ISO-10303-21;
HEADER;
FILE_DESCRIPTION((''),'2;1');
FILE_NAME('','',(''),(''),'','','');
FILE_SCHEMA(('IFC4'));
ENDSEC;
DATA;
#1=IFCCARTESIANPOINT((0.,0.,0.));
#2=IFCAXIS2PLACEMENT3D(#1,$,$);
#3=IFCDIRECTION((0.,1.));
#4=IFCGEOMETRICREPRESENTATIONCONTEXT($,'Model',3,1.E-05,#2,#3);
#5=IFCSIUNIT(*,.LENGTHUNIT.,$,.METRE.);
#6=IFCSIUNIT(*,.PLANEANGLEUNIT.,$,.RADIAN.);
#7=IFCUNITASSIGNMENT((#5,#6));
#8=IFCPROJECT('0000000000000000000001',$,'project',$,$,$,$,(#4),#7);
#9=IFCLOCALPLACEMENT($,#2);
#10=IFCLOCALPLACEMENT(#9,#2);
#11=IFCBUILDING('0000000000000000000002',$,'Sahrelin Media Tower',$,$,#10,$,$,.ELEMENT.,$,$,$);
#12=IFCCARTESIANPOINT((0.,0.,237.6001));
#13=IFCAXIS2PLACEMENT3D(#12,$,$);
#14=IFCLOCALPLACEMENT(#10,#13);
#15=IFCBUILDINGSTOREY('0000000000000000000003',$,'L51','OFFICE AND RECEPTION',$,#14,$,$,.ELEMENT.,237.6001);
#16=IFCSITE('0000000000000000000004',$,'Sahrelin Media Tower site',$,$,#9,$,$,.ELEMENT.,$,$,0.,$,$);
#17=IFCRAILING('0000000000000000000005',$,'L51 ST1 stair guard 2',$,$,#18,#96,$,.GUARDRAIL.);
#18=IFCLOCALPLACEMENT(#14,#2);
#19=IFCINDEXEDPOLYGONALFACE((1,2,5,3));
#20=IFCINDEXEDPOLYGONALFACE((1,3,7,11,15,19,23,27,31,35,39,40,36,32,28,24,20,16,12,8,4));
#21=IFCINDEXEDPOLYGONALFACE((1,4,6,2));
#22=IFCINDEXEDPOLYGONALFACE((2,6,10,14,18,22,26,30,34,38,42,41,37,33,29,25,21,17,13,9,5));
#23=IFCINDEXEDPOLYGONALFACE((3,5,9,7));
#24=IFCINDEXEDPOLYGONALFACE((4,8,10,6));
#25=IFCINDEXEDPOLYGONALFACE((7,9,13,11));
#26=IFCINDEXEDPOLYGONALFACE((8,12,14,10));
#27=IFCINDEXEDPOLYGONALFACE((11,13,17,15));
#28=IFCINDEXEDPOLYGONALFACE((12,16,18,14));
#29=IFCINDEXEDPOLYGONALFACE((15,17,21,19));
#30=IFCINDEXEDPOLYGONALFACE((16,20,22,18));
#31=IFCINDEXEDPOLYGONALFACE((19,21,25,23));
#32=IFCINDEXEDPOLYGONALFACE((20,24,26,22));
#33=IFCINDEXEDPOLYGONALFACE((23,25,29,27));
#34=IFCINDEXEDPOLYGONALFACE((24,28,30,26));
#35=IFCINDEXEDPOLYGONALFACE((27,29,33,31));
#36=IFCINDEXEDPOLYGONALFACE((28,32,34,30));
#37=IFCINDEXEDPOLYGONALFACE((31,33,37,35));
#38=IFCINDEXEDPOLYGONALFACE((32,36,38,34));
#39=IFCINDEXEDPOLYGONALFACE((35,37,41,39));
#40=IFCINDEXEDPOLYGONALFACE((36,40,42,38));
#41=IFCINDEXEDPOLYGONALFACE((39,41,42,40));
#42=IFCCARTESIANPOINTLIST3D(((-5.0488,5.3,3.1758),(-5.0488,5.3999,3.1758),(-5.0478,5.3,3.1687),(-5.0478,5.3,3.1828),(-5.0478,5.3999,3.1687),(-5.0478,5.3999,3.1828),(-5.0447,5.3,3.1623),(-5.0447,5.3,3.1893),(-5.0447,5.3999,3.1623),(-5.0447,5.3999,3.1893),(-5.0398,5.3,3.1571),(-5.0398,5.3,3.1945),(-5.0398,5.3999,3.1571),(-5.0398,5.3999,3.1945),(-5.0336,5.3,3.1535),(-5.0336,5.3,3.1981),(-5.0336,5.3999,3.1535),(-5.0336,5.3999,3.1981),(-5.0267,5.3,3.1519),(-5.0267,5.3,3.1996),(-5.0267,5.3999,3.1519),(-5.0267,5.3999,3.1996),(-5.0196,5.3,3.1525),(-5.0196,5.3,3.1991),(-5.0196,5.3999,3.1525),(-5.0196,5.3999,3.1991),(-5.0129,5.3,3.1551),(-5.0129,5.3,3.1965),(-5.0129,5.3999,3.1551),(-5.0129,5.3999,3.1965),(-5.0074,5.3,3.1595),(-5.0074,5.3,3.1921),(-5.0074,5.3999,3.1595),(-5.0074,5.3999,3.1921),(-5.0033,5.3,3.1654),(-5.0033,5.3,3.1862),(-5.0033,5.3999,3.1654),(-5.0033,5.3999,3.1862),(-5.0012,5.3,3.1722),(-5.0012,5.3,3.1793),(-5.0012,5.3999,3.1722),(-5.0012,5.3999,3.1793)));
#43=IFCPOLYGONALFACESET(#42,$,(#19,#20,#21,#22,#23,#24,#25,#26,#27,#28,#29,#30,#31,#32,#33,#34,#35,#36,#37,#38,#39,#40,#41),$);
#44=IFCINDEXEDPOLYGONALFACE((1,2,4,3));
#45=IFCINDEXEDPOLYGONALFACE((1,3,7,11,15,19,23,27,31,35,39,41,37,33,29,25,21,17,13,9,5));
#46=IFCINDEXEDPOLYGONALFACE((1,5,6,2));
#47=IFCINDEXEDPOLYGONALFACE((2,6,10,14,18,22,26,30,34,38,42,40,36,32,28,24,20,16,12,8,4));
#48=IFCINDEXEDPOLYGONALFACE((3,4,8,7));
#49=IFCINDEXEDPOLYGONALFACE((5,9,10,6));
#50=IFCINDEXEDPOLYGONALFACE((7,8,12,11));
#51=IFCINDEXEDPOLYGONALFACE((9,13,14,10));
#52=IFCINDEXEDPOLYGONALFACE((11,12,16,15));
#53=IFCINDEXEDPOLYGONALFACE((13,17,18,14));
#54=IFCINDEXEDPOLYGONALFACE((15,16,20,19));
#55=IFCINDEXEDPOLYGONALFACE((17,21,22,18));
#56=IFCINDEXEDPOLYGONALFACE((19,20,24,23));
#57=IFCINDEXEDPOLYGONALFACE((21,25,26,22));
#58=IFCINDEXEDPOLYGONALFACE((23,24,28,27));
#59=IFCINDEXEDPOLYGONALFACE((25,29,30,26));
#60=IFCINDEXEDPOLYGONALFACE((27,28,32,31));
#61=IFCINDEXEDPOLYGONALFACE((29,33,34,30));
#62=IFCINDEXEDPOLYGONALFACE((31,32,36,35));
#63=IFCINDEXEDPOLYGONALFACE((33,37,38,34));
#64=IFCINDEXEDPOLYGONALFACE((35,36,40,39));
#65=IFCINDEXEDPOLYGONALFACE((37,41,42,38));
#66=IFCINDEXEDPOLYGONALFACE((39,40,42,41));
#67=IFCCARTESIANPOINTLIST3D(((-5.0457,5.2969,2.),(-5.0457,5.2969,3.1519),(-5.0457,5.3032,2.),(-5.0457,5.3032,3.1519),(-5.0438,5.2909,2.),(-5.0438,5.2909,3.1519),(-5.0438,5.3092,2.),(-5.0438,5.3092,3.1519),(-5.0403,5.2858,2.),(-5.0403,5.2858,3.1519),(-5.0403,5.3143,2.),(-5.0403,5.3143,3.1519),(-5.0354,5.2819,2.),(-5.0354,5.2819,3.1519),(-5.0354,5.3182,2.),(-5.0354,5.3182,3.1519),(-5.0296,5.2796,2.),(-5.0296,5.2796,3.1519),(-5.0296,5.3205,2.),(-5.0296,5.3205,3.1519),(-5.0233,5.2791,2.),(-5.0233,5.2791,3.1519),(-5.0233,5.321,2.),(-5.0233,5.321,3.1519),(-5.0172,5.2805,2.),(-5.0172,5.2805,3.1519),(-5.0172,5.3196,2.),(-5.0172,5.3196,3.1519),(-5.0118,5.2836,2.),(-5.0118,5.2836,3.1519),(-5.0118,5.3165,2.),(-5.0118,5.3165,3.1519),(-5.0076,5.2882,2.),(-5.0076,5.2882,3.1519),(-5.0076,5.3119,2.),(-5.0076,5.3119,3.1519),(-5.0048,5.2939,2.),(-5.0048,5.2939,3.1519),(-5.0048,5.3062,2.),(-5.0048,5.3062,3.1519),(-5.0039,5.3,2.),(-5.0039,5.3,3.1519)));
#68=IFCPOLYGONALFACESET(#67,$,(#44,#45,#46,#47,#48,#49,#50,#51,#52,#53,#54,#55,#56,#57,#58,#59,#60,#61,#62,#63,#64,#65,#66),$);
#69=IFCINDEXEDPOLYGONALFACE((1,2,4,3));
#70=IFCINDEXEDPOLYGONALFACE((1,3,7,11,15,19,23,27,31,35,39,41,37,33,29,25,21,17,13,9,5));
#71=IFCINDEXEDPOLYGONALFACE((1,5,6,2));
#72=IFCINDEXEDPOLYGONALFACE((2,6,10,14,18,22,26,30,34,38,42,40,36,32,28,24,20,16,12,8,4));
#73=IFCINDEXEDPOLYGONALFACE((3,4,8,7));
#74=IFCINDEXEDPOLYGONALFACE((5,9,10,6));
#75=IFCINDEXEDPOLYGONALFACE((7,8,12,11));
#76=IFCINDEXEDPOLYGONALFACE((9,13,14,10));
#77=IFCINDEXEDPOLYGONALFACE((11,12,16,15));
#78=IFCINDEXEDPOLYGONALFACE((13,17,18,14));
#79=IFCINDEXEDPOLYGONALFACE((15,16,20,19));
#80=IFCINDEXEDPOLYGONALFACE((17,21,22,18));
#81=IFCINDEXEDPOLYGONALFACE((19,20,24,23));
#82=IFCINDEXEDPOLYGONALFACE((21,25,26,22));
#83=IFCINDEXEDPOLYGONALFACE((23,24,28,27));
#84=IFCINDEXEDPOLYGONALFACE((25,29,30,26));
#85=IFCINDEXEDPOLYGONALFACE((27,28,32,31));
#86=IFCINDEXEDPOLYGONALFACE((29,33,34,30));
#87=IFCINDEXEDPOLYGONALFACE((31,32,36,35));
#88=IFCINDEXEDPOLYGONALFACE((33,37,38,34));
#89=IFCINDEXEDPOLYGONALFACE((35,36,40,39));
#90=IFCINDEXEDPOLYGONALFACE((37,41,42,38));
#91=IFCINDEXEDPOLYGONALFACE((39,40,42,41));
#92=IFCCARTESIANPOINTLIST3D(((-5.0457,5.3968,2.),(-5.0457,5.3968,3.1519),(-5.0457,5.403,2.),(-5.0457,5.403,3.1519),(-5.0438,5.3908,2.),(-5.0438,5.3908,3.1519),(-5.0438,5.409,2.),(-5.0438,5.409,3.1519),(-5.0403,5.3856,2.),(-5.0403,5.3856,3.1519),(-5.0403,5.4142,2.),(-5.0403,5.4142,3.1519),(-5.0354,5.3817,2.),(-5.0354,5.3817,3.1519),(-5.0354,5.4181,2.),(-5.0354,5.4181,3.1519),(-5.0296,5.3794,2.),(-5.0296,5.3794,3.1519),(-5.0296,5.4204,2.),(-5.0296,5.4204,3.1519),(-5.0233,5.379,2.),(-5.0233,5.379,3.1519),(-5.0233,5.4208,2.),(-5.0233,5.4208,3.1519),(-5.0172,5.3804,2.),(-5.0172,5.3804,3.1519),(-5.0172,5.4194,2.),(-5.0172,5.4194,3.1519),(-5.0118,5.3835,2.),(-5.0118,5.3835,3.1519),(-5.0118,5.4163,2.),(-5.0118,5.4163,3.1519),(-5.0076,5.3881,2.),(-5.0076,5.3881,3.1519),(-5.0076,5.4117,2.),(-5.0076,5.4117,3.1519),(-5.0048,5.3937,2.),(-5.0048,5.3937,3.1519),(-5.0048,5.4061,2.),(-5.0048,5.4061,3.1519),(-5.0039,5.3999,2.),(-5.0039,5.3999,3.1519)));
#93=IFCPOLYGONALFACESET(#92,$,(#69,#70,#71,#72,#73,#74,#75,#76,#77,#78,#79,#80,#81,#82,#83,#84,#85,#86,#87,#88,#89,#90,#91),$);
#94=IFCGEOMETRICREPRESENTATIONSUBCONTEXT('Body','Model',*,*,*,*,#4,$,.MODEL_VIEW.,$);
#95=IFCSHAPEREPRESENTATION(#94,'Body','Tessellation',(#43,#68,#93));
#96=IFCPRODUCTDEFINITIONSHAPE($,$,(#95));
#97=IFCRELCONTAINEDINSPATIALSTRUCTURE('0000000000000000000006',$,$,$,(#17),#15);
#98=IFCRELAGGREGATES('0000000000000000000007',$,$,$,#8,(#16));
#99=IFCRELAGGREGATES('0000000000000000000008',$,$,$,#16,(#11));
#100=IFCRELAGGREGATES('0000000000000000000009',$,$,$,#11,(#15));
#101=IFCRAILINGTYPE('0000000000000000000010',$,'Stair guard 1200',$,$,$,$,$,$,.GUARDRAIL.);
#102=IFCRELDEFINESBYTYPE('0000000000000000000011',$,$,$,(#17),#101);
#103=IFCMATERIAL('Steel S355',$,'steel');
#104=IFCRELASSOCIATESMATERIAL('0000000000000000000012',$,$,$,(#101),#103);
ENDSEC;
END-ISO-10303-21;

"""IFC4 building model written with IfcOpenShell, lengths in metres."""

from ifc_helpers import new_model, si_unit, direction, frame, origin, origin_2d, place, context, subcontext, project, spatial, circle, extrude, material, type_object, element, save


model = new_model("IFC4")

# Units and contexts
model_context = context("Model", 3, precision=1e-05, world=origin(), true_north=direction((0.0, 1.0)))
body_context = subcontext(model_context, "Body", "Model", "MODEL_VIEW")
ifc_project = project(units=[si_unit("LENGTHUNIT", "METRE"), si_unit("PLANEANGLEUNIT", "RADIAN")], contexts=[model_context])

# Site, building, storey
site_placement = place(None, origin())
site = spatial("IfcSite", under=ifc_project, at=site_placement, Name="Sahrelin Media Tower site", CompositionType="ELEMENT", RefElevation=0.0)
building_placement = place(site_placement, origin())
building = spatial("IfcBuilding", under=site, at=building_placement, Name="Sahrelin Media Tower", CompositionType="ELEMENT")
storey_placement = place(building_placement, frame((0.0, 0.0, 237.6001)))
storey = spatial("IfcBuildingStorey", under=building, at=storey_placement, Name="L51", Description="OFFICE AND RECEPTION", CompositionType="ELEMENT", Elevation=237.6001)

# Shared definitions
ifc_material_1 = material(Name="Steel S355", Category="steel")

# Railing
railing_type_1 = type_object("IfcRailingType", Name="Stair guard 1200", PredefinedType="GUARDRAIL", material=ifc_material_1)
railing_1_placement = place(storey_placement, frame((-5.0249, 5.3, 2.0)))
element("IfcRailing", 1, at=railing_1_placement, inside=storey, type_object=railing_type_1, Name="L51 ST1 stair guard 2", PredefinedType="GUARDRAIL", context=body_context, shape_type="SweptSolid", body=[
    extrude(circle(Radius=0.0239, at=origin_2d()), frame((0.0, 0.0, 1.1758), z_axis=(0.0, 1.0, 0.0), x_axis=(-1.0, 0.0, 0.0)), (0.0, 0.0, 1.0), 0.0999),
    extrude(circle(Radius=0.021, at=origin_2d()), origin(), (0.0, 0.0, 1.0), 1.1519),
    extrude(circle(Radius=0.021, at=origin_2d()), frame((0.0, 0.0999, 0.0)), (0.0, 0.0, 1.0), 1.1519),
])

save(model, "model.ifc")
